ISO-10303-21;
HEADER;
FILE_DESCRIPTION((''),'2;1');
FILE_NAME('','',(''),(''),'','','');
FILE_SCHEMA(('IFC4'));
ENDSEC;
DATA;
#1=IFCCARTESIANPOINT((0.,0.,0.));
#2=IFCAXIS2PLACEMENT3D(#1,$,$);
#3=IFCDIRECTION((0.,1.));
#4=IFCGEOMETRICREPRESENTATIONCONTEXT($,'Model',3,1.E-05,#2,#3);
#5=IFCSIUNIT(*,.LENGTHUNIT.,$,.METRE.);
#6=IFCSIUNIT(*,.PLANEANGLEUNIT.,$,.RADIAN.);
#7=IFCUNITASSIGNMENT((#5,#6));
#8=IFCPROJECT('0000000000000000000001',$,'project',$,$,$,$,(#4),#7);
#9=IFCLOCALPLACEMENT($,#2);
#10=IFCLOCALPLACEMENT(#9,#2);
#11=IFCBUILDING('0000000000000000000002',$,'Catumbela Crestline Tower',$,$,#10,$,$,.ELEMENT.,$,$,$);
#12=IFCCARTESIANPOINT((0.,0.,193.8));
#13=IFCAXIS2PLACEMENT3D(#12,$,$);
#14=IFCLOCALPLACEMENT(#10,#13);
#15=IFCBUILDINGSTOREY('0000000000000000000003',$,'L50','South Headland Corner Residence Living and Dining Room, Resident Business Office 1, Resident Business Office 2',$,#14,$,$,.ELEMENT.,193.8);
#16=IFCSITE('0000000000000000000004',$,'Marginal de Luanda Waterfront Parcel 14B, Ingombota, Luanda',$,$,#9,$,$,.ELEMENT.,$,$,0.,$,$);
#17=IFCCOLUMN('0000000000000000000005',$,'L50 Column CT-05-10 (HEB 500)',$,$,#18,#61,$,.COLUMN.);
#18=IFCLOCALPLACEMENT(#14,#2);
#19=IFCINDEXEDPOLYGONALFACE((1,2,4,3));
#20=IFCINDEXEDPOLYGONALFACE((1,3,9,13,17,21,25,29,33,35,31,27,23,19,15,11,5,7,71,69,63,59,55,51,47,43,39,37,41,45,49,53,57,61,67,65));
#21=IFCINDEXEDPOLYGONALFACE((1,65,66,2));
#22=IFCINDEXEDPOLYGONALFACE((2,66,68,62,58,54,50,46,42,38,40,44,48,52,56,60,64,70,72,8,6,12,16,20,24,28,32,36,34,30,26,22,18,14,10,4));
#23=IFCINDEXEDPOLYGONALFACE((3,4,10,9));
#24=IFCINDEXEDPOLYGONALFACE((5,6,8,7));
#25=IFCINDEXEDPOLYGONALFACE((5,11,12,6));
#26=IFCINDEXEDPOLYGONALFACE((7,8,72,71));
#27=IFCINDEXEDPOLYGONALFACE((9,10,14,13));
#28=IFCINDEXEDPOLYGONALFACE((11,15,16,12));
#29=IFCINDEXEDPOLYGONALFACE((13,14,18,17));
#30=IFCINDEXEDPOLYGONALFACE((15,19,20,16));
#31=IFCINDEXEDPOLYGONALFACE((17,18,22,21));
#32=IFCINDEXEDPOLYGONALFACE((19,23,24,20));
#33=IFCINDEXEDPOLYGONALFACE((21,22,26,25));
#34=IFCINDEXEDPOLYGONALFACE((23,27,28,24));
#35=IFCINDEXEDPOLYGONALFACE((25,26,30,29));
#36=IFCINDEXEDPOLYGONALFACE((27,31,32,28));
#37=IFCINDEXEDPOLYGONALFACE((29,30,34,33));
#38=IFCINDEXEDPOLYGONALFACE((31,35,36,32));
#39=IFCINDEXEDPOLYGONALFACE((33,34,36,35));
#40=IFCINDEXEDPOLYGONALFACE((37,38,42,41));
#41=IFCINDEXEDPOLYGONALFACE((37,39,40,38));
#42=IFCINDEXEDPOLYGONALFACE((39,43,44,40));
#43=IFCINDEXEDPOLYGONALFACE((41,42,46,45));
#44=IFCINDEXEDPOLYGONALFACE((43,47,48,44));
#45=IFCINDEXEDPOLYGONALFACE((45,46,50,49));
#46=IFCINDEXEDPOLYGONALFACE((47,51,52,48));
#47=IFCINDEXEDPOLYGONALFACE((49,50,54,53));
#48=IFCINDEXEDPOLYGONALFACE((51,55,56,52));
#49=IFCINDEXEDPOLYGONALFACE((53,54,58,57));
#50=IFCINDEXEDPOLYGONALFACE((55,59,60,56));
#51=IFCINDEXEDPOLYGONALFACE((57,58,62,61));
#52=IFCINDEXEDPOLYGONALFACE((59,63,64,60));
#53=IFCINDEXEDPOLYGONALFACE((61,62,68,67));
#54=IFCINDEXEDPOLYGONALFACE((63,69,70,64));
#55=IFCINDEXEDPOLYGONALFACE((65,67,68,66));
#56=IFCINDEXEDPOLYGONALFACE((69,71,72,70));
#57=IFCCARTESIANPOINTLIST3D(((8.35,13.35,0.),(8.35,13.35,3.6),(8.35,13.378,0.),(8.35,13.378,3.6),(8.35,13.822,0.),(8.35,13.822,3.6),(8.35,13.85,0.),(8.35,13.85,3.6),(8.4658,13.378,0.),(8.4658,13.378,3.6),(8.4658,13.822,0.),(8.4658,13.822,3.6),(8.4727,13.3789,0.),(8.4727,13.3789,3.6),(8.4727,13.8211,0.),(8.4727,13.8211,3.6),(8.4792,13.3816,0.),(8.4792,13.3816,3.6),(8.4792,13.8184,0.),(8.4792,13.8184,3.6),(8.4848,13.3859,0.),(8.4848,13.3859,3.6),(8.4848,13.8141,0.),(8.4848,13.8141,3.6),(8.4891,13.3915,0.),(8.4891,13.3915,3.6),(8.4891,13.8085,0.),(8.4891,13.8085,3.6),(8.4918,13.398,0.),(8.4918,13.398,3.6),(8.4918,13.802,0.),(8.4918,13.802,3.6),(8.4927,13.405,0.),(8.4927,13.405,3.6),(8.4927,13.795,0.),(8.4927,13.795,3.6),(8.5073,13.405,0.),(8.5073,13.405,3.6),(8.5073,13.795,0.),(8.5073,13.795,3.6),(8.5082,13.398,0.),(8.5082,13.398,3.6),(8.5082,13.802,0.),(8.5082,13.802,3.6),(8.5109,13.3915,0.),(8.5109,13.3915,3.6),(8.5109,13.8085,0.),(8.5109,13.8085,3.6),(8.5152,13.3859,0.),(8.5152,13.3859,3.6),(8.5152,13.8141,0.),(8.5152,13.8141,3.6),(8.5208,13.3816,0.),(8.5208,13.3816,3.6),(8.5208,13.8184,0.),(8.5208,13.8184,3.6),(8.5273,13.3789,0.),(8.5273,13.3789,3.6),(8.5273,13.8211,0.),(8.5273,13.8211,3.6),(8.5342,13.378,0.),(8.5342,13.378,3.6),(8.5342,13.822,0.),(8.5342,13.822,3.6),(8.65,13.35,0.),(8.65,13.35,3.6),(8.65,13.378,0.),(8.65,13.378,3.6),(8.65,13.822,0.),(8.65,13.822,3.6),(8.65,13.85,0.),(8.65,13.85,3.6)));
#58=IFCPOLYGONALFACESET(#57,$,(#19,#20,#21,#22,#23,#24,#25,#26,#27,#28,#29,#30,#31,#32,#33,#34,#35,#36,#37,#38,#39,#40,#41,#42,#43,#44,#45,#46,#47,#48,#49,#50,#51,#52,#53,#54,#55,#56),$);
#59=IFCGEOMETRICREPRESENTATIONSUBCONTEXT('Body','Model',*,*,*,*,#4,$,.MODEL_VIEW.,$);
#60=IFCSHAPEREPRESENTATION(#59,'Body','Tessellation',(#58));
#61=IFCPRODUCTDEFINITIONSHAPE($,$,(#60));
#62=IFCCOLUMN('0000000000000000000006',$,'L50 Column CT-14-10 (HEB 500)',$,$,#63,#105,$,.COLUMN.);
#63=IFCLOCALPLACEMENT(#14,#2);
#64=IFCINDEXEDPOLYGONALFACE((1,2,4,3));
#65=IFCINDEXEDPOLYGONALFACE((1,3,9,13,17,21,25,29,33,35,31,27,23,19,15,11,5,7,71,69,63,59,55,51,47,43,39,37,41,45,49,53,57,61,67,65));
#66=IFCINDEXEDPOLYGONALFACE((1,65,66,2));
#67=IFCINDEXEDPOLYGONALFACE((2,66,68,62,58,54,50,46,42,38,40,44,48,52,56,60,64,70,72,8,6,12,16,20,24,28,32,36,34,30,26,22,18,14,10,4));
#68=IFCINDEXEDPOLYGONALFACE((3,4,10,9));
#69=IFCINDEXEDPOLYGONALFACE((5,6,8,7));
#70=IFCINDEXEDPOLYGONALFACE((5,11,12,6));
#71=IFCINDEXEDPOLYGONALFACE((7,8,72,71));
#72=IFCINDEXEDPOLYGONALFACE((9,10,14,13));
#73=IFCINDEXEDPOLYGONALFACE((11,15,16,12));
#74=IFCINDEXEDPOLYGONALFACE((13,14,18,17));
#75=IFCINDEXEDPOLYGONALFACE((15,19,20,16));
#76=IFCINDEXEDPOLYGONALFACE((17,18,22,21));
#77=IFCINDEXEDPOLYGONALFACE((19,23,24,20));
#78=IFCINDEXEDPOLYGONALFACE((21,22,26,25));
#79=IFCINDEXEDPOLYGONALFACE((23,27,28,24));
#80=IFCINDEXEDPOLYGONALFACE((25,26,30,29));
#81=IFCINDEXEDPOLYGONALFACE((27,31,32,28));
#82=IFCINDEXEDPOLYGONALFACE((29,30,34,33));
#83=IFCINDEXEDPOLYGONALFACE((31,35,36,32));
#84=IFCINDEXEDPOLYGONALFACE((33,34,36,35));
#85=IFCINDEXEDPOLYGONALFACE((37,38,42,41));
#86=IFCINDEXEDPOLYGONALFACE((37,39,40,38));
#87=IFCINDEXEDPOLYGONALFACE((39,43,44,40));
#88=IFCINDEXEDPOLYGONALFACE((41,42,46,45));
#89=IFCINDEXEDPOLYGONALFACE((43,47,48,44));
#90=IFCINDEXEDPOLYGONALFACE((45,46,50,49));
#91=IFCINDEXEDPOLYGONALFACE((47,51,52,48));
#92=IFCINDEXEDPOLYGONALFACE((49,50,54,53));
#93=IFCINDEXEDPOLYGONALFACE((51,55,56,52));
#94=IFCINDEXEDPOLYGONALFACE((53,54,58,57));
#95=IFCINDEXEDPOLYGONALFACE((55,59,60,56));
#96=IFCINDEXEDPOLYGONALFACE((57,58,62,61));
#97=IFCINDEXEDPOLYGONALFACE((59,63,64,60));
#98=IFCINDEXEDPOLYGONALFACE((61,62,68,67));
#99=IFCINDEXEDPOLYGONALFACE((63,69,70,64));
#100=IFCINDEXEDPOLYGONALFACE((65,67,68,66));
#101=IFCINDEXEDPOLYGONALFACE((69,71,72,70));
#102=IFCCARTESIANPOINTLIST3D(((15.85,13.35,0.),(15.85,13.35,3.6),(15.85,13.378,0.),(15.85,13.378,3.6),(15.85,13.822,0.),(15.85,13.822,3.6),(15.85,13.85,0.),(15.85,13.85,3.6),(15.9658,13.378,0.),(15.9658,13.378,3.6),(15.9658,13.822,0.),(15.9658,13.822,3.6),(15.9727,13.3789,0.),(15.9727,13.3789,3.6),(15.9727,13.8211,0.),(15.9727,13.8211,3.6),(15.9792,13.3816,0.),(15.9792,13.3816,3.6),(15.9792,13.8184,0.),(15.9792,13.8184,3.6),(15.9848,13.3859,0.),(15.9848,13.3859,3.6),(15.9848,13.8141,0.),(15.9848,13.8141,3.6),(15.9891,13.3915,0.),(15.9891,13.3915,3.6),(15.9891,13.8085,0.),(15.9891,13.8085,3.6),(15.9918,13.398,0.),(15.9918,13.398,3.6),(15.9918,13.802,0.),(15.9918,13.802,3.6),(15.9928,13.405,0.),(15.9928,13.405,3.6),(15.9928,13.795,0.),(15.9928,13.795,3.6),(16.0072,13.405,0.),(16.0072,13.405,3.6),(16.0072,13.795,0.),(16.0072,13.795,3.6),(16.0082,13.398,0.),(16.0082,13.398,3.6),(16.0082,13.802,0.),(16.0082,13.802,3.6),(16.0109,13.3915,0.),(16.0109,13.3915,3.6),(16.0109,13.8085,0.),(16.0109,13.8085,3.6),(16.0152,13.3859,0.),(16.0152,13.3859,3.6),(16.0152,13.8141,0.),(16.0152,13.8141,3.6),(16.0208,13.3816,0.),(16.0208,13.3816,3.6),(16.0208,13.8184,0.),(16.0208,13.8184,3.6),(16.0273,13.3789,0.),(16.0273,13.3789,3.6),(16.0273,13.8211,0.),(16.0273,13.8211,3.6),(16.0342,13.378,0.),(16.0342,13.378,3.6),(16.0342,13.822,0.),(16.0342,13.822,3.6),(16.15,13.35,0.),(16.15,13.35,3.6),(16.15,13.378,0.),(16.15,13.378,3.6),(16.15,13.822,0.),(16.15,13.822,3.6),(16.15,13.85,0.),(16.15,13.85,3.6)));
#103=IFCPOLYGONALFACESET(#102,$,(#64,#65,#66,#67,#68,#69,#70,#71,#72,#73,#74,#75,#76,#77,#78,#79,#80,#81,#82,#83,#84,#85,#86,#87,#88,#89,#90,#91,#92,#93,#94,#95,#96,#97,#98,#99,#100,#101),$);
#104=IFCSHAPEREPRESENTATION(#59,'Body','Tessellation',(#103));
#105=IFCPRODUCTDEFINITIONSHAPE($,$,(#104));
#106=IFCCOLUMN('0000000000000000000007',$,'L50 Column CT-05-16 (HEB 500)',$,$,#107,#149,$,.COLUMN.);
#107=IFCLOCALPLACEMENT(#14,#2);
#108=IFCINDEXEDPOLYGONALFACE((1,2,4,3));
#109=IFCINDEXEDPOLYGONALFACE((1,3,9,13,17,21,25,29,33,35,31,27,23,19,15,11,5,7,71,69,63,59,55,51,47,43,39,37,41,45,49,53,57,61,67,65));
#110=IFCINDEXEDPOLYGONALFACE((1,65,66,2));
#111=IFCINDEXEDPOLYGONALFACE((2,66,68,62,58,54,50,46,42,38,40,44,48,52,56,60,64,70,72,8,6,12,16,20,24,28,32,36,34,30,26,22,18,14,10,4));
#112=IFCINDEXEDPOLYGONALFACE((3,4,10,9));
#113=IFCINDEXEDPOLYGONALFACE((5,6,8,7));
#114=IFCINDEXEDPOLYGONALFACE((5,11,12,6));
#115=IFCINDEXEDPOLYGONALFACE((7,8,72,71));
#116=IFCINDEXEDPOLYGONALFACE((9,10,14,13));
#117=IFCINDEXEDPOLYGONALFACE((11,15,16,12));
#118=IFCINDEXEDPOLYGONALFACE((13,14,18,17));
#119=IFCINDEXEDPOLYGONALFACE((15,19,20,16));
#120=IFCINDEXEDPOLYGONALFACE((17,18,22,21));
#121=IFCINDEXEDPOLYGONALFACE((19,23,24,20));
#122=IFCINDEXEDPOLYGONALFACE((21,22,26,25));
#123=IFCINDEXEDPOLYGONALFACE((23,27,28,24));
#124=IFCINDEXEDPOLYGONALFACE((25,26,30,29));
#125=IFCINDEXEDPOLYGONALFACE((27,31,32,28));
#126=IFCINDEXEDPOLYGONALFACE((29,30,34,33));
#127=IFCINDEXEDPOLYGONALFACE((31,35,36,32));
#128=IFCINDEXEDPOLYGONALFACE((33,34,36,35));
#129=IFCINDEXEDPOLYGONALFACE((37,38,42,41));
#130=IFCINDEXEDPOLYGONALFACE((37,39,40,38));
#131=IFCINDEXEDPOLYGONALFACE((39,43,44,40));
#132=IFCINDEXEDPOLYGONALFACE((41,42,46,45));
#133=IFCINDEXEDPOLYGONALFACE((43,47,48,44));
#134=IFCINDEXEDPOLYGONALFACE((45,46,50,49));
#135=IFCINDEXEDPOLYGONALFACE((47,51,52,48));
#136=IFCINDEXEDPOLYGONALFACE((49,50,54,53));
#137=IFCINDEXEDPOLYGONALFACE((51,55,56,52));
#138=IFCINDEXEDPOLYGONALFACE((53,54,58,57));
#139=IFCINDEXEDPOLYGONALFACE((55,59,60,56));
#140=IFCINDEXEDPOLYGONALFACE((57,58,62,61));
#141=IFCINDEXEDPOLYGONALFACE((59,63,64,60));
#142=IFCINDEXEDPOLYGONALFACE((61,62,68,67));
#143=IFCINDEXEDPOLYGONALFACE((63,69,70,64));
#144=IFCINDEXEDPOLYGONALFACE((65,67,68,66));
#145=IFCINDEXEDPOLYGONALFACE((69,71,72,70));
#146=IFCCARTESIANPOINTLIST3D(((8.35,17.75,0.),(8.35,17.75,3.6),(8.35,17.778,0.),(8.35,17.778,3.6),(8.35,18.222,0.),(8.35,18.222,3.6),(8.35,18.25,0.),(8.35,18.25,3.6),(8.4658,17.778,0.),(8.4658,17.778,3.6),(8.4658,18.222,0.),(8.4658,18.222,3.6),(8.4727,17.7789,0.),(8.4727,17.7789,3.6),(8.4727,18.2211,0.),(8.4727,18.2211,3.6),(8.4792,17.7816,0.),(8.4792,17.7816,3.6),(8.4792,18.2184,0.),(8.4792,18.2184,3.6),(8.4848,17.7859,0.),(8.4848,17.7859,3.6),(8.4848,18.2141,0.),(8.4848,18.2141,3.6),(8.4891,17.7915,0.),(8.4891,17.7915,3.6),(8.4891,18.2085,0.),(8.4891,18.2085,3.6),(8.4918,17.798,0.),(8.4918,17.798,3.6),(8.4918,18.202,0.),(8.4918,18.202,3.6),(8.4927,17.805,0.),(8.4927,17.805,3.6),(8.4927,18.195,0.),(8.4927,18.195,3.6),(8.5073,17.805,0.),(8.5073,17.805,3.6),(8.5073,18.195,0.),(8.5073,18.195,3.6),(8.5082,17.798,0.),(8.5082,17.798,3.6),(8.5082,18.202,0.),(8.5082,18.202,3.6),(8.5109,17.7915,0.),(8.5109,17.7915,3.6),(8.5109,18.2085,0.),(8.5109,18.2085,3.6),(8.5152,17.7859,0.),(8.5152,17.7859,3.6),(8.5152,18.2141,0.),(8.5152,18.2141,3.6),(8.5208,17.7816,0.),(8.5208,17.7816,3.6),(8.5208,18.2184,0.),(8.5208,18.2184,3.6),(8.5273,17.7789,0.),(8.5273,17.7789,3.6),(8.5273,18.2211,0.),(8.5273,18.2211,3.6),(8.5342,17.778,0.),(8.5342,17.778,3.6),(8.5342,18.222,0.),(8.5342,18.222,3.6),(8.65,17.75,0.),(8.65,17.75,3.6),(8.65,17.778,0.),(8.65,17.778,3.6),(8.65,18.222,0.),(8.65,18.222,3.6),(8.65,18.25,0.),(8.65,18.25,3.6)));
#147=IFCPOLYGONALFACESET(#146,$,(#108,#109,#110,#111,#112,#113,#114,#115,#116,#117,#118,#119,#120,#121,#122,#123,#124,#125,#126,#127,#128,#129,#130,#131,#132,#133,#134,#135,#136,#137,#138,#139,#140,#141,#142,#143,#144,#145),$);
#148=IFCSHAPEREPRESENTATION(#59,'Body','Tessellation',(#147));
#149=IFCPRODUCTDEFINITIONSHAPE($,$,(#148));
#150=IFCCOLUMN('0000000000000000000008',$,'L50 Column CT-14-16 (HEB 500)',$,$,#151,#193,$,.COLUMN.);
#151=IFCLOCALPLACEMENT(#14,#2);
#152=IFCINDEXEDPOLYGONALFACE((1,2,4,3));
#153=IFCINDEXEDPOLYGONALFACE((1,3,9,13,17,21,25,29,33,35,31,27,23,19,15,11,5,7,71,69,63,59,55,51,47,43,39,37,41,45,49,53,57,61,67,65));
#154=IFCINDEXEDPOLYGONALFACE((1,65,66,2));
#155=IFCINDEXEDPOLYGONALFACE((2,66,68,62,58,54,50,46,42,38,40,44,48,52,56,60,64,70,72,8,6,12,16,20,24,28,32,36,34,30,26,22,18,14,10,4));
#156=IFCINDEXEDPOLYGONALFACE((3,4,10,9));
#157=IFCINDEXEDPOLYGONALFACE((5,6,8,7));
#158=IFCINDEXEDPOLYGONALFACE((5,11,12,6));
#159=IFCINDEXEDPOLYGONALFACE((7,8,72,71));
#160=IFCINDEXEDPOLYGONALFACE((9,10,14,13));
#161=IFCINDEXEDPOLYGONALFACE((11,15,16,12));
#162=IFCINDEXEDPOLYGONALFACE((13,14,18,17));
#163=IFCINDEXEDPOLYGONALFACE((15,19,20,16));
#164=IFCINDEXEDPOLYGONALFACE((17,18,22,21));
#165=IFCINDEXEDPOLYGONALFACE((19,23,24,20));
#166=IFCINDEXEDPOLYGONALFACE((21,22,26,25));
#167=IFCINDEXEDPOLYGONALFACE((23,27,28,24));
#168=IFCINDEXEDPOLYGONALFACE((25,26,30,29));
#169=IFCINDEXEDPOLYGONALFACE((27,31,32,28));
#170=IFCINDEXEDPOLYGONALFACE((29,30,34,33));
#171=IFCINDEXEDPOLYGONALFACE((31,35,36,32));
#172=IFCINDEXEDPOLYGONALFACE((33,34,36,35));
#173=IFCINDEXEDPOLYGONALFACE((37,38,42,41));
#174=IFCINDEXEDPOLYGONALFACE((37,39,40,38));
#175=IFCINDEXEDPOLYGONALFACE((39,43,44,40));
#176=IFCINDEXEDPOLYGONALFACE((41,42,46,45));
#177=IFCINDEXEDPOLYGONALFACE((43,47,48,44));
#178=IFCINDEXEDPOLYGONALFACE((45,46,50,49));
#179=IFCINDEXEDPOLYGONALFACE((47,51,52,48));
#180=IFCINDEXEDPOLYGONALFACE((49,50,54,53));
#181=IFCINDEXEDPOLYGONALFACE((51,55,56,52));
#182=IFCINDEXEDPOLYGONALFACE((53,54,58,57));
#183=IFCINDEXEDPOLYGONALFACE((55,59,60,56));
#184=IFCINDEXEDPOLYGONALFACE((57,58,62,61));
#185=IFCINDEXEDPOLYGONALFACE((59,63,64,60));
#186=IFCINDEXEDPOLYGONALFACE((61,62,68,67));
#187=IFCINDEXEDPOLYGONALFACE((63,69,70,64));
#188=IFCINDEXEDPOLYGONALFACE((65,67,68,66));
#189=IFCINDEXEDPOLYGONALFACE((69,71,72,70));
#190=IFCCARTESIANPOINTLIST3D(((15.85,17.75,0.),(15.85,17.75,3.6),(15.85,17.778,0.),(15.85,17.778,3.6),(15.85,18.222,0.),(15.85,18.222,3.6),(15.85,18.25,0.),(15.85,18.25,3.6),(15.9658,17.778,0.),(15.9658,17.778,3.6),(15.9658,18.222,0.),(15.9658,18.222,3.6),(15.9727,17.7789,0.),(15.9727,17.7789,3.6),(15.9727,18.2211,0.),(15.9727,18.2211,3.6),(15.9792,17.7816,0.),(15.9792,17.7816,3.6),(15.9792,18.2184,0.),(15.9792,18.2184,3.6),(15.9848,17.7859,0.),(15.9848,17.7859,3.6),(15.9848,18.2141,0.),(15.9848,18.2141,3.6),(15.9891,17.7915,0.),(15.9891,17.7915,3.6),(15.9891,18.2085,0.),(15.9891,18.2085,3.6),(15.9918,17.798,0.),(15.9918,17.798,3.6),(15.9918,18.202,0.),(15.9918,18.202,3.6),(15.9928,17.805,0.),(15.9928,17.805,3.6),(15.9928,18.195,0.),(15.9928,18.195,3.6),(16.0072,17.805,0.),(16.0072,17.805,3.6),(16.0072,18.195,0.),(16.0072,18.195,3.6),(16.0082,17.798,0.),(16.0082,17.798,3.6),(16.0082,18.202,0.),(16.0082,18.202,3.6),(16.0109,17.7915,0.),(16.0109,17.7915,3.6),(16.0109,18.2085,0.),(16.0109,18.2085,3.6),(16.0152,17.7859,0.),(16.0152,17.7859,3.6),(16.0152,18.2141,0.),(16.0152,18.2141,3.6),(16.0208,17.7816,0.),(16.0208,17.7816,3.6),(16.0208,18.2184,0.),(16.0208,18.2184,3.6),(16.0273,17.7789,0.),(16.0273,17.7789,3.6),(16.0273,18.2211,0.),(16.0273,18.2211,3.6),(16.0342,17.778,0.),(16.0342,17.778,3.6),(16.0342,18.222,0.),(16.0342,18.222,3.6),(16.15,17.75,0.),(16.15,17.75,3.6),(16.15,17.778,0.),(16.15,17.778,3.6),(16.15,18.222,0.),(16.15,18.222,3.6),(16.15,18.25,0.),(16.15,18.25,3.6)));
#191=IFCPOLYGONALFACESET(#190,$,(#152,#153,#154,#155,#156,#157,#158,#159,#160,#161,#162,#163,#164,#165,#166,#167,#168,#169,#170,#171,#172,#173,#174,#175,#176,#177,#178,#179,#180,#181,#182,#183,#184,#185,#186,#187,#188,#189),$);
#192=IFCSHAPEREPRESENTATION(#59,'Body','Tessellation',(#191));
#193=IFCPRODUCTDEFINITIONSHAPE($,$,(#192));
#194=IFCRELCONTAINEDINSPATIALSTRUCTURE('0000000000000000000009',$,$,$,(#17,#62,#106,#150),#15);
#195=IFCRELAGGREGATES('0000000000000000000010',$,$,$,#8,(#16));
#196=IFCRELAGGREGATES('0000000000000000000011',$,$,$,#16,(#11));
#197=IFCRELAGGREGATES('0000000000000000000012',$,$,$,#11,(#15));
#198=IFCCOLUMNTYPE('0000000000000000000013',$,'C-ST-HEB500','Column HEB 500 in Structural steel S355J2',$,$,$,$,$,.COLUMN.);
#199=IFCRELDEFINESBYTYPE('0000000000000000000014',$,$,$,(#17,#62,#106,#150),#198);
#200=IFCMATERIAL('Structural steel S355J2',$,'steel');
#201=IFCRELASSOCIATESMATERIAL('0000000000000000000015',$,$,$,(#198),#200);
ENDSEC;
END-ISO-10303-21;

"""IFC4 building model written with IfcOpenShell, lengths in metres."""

from ifc_helpers import new_model, si_unit, direction, frame, origin, origin_2d, place, context, subcontext, project, spatial, i_section, extrude, material, material_profile, profile_set, type_object, element, save


model = new_model("IFC4")

# Units and contexts
model_context = context("Model", 3, precision=1e-05, world=origin(), true_north=direction((0.0, 1.0)))
body_context = subcontext(model_context, "Body", "Model", "MODEL_VIEW")
ifc_project = project(units=[si_unit("LENGTHUNIT", "METRE"), si_unit("PLANEANGLEUNIT", "RADIAN")], contexts=[model_context])

# Site, building, storey
site_placement = place(None, origin())
site = spatial("IfcSite", under=ifc_project, at=site_placement, Name="Marginal de Luanda Waterfront Parcel 14B, Ingombota, Luanda", CompositionType="ELEMENT", RefElevation=0.0)
building_placement = place(site_placement, origin())
building = spatial("IfcBuilding", under=site, at=building_placement, Name="Catumbela Crestline Tower", CompositionType="ELEMENT")
storey_placement = place(building_placement, frame((0.0, 0.0, 193.8)))
storey = spatial("IfcBuildingStorey", under=building, at=storey_placement, Name="L50", Description="South Headland Corner Residence Living and Dining Room, Resident Business Office 1, Resident Business Office 2", CompositionType="ELEMENT", Elevation=193.8)

# Columns
ifc_material_1 = material(Name="Structural steel S355J2", Category="steel")
ifc_material_profile_1 = material_profile(ifc_material_1, i_section(OverallWidth=0.3, OverallDepth=0.5, WebThickness=0.0145, FlangeThickness=0.028, FilletRadius=0.027, at=origin_2d()), Name="HEB 500")
ifc_profile_set_1 = profile_set([ifc_material_profile_1], Name="Structural steel S355J2")
column_type = type_object("IfcColumnType", Name="C-ST-HEB500", Description="Column HEB 500 in Structural steel S355J2", PredefinedType="COLUMN", material=ifc_profile_set_1)
for number, where, z_axis, x_axis, name in (
    (1, (8.5, 13.6, 0.0), (0.0, 0.0, 1.0), (1.0, 0.0, 0.0), "L50 Column CT-05-10 (HEB 500)"),
    (2, (16.0, 13.6, 0.0), (0.0, 0.0, 1.0), (1.0, 0.0, 0.0), "L50 Column CT-14-10 (HEB 500)"),
    (3, (8.5, 18.0, 0.0), (0.0, 0.0, 1.0), (1.0, 0.0, 0.0), "L50 Column CT-05-16 (HEB 500)"),
    (4, (16.0, 18.0, 0.0), (0.0, 0.0, 1.0), (1.0, 0.0, 0.0), "L50 Column CT-14-16 (HEB 500)"),
):
    element("IfcColumn", number, at=place(storey_placement, frame(where, z_axis=z_axis, x_axis=x_axis)), inside=storey, type_object=column_type, Name=name, PredefinedType="COLUMN", context=body_context, shape_type="SweptSolid", body=[
        extrude(i_section(OverallWidth=0.3, OverallDepth=0.5, WebThickness=0.0145, FlangeThickness=0.028, FilletRadius=0.027, at=origin_2d()), origin(), (0.0, 0.0, 1.0), 3.6),
    ])

save(model, "model.ifc")
